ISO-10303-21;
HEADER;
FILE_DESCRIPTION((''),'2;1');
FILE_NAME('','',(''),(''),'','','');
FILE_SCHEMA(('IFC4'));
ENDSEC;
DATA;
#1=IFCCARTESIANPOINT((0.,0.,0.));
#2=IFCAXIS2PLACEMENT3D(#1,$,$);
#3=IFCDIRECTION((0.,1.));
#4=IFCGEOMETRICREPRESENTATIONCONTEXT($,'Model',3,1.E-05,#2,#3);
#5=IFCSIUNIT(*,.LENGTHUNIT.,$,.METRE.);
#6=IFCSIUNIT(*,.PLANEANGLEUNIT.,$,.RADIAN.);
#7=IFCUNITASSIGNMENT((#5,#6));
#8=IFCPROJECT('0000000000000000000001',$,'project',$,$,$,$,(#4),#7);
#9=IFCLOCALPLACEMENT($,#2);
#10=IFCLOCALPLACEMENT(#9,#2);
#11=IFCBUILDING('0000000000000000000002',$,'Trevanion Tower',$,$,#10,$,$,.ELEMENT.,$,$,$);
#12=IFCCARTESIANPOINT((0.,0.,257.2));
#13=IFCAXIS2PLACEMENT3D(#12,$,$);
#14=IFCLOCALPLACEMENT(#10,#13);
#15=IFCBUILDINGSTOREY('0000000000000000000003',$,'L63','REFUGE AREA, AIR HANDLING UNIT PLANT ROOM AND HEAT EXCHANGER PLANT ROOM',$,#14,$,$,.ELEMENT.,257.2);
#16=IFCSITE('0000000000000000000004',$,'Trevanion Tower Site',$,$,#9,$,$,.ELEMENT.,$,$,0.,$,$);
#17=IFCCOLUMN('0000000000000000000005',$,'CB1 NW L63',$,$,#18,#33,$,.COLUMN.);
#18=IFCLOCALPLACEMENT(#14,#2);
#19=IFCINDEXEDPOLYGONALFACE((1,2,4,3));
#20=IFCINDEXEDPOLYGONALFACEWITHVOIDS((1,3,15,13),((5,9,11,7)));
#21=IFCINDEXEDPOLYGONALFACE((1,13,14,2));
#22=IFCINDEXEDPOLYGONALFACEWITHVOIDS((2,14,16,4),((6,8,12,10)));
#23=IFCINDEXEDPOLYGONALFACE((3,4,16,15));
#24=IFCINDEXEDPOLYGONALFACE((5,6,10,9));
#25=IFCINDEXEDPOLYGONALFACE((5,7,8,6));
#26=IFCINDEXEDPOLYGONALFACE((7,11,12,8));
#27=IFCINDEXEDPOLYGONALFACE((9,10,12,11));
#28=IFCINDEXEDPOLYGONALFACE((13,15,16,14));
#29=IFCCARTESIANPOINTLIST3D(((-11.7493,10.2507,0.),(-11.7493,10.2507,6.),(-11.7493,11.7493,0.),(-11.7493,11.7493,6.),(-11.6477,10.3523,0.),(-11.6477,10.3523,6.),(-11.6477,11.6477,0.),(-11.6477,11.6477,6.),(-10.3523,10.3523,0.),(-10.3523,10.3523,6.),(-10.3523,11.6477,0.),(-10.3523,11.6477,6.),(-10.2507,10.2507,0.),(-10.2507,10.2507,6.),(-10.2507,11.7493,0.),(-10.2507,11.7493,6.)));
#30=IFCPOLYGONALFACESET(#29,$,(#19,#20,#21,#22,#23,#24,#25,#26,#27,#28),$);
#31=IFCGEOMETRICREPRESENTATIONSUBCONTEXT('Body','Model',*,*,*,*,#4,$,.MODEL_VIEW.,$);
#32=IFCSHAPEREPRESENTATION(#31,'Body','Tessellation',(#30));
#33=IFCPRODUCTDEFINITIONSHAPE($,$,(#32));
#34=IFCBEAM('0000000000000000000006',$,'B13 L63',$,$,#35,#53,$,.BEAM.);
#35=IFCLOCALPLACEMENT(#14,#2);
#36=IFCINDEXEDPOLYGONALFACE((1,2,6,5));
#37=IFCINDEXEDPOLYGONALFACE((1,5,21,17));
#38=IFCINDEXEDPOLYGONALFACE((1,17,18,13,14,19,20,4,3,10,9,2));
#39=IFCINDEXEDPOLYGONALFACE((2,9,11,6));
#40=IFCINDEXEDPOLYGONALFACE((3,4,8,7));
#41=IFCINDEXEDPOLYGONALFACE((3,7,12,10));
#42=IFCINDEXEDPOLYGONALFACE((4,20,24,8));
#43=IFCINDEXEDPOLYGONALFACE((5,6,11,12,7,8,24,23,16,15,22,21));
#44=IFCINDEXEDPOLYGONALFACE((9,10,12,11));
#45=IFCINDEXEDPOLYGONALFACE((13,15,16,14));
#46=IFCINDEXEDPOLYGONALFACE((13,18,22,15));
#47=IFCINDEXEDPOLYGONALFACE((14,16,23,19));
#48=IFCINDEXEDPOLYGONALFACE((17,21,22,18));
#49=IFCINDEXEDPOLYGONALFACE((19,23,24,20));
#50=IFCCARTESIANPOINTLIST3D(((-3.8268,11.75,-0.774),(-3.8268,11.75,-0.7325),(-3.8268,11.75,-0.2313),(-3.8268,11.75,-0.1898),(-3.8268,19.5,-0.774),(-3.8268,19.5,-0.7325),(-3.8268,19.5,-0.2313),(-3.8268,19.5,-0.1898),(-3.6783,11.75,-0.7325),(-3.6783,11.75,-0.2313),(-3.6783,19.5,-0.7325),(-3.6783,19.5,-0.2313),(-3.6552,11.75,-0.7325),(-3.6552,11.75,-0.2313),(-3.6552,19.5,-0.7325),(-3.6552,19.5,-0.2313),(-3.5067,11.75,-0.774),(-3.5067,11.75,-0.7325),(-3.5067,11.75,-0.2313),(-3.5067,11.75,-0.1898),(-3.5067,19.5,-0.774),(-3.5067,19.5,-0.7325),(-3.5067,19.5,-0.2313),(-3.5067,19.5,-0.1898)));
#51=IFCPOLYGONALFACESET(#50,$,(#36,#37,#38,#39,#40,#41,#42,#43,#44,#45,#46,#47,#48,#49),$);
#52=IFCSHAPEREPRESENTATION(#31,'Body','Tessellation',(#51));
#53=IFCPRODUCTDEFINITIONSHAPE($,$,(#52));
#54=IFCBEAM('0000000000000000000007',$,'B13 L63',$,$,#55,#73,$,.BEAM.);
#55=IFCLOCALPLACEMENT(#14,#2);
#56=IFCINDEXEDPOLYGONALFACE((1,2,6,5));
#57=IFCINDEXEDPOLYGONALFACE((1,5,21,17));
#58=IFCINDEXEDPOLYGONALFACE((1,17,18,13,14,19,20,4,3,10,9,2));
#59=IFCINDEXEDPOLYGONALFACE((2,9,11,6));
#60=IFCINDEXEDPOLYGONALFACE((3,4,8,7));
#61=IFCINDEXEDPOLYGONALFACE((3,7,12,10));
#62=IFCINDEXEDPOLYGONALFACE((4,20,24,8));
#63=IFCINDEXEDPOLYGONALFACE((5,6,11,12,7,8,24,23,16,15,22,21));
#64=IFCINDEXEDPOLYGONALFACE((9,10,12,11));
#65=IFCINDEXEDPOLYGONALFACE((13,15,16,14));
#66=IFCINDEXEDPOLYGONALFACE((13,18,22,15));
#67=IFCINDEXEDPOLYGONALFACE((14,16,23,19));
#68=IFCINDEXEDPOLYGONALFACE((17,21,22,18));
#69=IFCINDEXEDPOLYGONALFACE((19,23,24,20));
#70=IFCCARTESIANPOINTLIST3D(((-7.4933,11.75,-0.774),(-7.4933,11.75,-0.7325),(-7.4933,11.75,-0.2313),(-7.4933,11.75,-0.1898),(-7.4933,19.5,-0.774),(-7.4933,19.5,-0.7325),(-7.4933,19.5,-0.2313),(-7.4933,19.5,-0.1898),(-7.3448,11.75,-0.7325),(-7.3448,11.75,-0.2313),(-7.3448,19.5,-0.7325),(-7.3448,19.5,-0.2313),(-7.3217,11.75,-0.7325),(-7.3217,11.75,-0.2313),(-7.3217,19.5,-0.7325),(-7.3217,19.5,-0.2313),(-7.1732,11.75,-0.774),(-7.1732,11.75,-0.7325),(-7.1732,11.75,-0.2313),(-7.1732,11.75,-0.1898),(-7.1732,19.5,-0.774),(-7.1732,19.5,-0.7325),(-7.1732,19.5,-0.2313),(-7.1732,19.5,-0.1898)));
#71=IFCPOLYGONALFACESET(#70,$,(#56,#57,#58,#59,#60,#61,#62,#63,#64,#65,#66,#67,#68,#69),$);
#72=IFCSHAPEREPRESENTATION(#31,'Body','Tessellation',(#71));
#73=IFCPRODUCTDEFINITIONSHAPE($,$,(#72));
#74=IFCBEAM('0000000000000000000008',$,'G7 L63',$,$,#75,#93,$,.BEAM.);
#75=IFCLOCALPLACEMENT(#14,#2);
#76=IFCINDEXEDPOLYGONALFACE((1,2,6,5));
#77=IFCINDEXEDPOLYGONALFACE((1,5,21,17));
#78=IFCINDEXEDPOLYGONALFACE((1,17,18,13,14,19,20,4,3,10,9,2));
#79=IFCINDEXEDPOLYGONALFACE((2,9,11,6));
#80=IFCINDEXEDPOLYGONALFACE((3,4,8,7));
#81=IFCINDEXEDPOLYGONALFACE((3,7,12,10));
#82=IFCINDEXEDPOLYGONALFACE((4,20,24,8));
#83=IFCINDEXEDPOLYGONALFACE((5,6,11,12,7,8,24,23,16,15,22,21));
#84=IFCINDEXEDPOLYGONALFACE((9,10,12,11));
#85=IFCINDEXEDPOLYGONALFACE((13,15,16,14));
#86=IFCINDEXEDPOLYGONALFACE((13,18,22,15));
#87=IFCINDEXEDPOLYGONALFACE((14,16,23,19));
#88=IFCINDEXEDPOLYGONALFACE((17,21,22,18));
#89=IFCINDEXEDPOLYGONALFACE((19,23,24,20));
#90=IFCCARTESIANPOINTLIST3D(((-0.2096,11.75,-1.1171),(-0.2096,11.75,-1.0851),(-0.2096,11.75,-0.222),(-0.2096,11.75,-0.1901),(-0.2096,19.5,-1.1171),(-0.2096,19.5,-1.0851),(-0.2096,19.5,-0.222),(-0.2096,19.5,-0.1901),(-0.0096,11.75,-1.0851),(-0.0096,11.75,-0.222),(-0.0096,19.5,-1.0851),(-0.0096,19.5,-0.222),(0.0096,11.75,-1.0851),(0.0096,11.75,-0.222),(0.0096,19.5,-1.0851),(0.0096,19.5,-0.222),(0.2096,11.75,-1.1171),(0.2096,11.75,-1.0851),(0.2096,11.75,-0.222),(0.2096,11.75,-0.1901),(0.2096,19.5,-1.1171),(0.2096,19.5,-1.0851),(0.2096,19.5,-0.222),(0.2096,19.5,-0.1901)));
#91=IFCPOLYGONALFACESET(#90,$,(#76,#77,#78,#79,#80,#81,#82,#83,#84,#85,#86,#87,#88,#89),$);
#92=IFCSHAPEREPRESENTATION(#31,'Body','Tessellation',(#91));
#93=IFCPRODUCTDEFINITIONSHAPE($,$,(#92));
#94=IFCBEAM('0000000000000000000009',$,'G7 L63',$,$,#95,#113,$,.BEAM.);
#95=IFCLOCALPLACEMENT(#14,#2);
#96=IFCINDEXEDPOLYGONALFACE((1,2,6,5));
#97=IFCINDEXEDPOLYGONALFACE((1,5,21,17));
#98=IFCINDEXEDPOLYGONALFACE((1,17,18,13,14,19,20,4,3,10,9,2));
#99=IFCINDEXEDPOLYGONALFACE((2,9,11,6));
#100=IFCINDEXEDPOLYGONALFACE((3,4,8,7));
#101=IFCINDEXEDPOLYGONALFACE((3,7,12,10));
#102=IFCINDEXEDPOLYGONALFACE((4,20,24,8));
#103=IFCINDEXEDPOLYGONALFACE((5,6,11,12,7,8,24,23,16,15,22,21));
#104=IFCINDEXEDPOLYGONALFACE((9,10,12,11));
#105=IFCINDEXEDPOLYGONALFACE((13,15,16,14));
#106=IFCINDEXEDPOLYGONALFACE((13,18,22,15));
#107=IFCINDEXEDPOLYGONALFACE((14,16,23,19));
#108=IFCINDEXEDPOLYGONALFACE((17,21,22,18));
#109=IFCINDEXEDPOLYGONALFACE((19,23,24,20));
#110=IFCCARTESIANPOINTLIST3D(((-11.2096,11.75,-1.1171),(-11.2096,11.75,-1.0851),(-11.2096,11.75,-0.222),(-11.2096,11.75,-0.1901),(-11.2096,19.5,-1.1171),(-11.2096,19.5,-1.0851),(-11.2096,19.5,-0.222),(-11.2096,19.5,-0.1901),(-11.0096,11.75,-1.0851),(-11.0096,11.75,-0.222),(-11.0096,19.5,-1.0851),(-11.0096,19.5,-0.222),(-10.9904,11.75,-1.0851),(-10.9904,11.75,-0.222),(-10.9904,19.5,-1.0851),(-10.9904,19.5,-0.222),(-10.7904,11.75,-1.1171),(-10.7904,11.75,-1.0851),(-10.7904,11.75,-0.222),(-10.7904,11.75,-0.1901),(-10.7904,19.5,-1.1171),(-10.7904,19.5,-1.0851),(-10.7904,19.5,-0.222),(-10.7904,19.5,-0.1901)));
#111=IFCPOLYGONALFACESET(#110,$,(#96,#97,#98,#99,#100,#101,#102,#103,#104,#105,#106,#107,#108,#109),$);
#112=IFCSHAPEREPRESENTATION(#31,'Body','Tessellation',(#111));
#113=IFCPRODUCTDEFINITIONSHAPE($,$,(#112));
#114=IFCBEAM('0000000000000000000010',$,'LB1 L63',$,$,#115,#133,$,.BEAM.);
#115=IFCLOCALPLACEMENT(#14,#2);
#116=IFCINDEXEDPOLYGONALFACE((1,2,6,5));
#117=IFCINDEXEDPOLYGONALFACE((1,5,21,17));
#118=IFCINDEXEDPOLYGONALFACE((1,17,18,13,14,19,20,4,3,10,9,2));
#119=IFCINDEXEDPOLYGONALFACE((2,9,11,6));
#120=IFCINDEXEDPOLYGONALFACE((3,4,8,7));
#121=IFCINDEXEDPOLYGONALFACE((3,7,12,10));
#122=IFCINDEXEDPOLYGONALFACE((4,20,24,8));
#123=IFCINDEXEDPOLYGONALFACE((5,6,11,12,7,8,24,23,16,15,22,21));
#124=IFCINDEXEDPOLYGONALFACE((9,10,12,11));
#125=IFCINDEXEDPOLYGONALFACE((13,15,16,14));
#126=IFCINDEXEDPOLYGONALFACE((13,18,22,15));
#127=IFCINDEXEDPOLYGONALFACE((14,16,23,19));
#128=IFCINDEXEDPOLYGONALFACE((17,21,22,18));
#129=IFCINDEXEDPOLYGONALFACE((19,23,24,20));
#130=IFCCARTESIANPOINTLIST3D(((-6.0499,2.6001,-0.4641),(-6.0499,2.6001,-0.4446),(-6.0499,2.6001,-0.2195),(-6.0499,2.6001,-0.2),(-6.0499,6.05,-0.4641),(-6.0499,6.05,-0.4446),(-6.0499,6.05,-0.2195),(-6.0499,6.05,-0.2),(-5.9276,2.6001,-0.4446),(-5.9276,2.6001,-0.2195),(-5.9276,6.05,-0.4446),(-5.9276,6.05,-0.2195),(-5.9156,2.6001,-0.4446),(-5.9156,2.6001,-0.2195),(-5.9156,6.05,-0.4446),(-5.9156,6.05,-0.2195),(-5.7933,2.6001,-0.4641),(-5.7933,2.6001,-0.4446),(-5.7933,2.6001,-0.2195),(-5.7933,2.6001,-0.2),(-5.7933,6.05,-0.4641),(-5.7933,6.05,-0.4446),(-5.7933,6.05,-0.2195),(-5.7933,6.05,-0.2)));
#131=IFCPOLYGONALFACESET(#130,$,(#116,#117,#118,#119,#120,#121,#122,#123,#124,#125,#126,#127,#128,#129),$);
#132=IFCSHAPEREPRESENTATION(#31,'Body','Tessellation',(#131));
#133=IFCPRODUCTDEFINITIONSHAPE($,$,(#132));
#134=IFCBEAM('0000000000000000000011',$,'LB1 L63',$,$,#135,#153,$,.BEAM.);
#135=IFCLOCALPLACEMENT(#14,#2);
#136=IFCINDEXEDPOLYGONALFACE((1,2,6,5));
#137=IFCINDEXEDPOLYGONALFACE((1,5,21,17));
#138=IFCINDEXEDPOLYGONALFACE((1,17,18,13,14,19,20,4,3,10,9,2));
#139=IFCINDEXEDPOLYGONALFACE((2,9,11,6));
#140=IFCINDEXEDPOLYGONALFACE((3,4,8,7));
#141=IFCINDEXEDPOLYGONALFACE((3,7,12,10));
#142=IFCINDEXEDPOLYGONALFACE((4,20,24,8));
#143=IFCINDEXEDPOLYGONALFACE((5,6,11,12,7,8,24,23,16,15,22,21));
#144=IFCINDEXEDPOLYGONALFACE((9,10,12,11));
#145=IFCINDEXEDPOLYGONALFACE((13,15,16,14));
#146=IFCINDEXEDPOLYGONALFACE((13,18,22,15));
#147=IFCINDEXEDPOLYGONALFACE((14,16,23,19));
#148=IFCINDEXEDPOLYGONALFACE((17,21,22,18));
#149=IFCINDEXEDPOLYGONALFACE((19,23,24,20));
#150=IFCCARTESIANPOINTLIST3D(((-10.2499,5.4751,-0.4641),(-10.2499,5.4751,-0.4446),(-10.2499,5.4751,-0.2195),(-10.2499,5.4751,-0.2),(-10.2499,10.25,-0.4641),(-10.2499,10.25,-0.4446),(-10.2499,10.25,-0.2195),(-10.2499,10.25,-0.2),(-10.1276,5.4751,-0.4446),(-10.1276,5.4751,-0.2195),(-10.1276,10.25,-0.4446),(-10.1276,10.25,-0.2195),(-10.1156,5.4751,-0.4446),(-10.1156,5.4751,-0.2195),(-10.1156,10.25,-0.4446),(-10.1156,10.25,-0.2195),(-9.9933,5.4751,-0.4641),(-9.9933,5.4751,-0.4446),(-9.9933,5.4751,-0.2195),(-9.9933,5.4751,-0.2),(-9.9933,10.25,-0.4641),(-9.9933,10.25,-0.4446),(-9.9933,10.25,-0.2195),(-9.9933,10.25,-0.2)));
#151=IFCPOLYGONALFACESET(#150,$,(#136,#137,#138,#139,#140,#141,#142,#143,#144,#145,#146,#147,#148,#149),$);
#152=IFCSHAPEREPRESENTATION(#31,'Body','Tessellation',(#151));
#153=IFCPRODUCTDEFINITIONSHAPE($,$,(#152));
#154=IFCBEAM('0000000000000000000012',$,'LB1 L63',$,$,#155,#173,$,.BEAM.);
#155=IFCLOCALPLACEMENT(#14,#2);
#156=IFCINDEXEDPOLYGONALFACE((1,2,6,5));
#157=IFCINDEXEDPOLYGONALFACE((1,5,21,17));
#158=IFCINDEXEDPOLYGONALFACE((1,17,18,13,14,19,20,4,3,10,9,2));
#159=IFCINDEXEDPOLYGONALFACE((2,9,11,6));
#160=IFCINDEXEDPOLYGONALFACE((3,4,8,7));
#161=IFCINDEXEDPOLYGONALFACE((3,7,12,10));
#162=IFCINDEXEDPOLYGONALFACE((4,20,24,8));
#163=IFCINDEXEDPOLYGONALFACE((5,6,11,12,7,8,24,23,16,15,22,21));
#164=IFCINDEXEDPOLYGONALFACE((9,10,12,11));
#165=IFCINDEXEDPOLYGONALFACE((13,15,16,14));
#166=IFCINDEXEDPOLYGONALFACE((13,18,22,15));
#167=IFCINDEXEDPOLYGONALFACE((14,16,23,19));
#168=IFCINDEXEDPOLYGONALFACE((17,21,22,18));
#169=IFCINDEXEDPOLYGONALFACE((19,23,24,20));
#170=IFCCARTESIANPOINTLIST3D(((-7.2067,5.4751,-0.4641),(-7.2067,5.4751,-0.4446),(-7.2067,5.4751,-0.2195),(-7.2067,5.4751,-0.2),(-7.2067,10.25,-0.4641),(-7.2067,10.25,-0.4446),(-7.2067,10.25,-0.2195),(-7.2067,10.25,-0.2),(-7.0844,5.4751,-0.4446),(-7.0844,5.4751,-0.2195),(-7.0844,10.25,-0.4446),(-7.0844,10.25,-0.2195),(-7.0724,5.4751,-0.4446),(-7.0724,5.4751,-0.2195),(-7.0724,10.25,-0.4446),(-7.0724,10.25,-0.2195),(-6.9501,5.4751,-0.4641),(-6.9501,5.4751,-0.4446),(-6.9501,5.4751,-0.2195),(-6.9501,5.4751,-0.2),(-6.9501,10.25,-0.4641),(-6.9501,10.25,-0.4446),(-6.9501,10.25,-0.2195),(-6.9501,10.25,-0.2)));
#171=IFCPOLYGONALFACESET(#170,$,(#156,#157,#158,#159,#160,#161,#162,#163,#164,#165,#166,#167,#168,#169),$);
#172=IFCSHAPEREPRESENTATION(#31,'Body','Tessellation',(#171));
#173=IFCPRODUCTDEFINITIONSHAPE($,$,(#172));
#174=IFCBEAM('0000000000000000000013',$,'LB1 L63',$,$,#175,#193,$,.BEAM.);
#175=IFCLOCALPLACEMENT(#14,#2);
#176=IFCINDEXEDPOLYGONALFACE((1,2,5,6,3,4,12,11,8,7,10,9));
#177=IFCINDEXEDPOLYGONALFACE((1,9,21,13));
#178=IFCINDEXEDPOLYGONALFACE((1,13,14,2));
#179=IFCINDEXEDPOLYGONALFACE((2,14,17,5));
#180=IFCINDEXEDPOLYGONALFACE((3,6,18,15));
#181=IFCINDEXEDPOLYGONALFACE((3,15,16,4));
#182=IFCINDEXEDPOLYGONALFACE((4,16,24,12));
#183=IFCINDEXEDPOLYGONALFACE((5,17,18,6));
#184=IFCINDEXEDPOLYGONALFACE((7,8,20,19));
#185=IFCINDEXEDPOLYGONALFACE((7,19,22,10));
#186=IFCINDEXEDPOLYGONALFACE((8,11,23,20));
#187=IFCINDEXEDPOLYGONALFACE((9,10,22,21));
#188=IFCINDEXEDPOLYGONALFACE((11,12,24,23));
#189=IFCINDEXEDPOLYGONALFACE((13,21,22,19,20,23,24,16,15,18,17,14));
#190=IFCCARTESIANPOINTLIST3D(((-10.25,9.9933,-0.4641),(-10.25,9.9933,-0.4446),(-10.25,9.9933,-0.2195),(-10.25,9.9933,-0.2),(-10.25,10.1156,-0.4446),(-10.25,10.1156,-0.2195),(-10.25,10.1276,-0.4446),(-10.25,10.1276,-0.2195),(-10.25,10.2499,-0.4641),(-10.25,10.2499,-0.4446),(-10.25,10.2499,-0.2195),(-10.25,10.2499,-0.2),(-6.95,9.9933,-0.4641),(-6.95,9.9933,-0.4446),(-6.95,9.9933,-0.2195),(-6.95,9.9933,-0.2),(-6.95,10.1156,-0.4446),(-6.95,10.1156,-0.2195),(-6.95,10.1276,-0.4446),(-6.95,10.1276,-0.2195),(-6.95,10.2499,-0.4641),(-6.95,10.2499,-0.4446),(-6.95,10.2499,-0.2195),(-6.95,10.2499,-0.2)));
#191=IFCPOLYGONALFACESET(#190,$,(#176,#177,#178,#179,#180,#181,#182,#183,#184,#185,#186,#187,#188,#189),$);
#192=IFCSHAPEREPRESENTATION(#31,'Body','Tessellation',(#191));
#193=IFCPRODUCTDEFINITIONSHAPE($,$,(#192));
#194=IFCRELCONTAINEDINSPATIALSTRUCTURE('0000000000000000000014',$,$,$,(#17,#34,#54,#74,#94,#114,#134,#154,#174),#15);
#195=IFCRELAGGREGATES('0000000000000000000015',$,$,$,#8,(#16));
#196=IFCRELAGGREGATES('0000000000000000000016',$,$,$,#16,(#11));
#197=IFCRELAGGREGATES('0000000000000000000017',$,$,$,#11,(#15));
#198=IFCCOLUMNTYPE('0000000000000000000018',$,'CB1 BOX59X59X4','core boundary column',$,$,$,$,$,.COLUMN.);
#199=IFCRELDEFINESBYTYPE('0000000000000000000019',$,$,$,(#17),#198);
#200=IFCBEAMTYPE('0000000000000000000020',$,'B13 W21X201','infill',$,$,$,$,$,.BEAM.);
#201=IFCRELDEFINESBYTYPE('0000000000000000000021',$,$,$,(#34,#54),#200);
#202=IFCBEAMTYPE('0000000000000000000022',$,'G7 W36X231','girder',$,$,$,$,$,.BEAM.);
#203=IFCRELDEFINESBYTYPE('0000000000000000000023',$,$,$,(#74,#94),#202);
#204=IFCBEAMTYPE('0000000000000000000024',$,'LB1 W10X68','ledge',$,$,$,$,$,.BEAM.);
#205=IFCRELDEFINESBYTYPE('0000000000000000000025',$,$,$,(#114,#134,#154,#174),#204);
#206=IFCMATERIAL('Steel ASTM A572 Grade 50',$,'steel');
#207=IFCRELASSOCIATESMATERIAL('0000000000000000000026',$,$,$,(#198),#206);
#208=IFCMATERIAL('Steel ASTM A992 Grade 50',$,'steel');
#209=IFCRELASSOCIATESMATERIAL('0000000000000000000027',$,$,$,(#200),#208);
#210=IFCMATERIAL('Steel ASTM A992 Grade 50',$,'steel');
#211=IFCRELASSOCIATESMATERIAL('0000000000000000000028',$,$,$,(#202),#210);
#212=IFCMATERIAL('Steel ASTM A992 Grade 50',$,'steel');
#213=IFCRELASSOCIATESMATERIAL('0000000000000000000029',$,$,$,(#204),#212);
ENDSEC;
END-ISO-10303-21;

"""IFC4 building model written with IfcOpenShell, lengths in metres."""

from ifc_helpers import new_model, si_unit, direction, frame, origin, origin_2d, place, context, subcontext, project, spatial, hollow_rectangle, i_section, extrude, material, material_profile, profile_set, type_object, element, save


model = new_model("IFC4")

# Units and contexts
model_context = context("Model", 3, precision=1e-05, world=origin(), true_north=direction((0.0, 1.0)))
body_context = subcontext(model_context, "Body", "Model", "MODEL_VIEW")
ifc_project = project(units=[si_unit("LENGTHUNIT", "METRE"), si_unit("PLANEANGLEUNIT", "RADIAN")], contexts=[model_context])

# Site, building, storey
site_placement = place(None, origin())
site = spatial("IfcSite", under=ifc_project, at=site_placement, Name="Trevanion Tower Site", CompositionType="ELEMENT", RefElevation=0.0)
building_placement = place(site_placement, origin())
building = spatial("IfcBuilding", under=site, at=building_placement, Name="Trevanion Tower", CompositionType="ELEMENT")
storey_placement = place(building_placement, frame((0.0, 0.0, 257.2)))
storey = spatial("IfcBuildingStorey", under=building, at=storey_placement, Name="L63", Description="REFUGE AREA, AIR HANDLING UNIT PLANT ROOM AND HEAT EXCHANGER PLANT ROOM", CompositionType="ELEMENT", Elevation=257.2)

# Column
ifc_material_1 = material(Name="Steel ASTM A572 Grade 50", Category="steel")
ifc_material_profile_1 = material_profile(ifc_material_1, hollow_rectangle(XDim=1.4985, YDim=1.4985, WallThickness=0.1016, at=origin_2d()), Name="BOX59X59X4")
ifc_profile_set_1 = profile_set([ifc_material_profile_1], Name="Steel ASTM A572 Grade 50")
column_type = type_object("IfcColumnType", Name="CB1 BOX59X59X4", Description="core boundary column", PredefinedType="COLUMN", material=ifc_profile_set_1)
column_placement = place(storey_placement, frame((-11.0, 11.0, 0.0), z_axis=(0.0, 0.0, 1.0), x_axis=(1.0, 0.0, 0.0)))
element("IfcColumn", 1, at=column_placement, inside=storey, type_object=column_type, Name="CB1 NW L63", PredefinedType="COLUMN", context=body_context, shape_type="SweptSolid", body=[
    extrude(hollow_rectangle(XDim=1.4985, YDim=1.4985, WallThickness=0.1016, at=origin_2d()), origin(), (0.0, 0.0, 1.0), 6.0),
])

# Beams
ifc_material_2 = material(Name="Steel ASTM A992 Grade 50", Category="steel")
ifc_material_profile_2 = material_profile(ifc_material_2, i_section(OverallWidth=0.3201, OverallDepth=0.5842, WebThickness=0.0232, FlangeThickness=0.0415, at=origin_2d()), Name="W21X201")
ifc_profile_set_2 = profile_set([ifc_material_profile_2], Name="Steel ASTM A992 Grade 50")
beam_type_1 = type_object("IfcBeamType", Name="B13 W21X201", Description="infill", PredefinedType="BEAM", material=ifc_profile_set_2)
for number, where, z_axis, x_axis, name in (
    (2, (-3.6667, 11.75, -0.4819), (0.0, 1.0, 0.0), (-1.0, 0.0, 0.0), "B13 L63"),
    (3, (-7.3333, 11.75, -0.4819), (0.0, 1.0, 0.0), (-1.0, 0.0, 0.0), "B13 L63"),
):
    element("IfcBeam", number, at=place(storey_placement, frame(where, z_axis=z_axis, x_axis=x_axis)), inside=storey, type_object=beam_type_1, Name=name, PredefinedType="BEAM", context=body_context, shape_type="SweptSolid", body=[
        extrude(i_section(OverallWidth=0.3201, OverallDepth=0.5842, WebThickness=0.0232, FlangeThickness=0.0415, at=origin_2d()), origin(), (0.0, 0.0, 1.0), 7.75),
    ])
ifc_material_3 = material(Name="Steel ASTM A992 Grade 50", Category="steel")
ifc_material_profile_3 = material_profile(ifc_material_3, i_section(OverallWidth=0.4192, OverallDepth=0.927, WebThickness=0.0193, FlangeThickness=0.032, at=origin_2d()), Name="W36X231")
ifc_profile_set_3 = profile_set([ifc_material_profile_3], Name="Steel ASTM A992 Grade 50")
beam_type_2 = type_object("IfcBeamType", Name="G7 W36X231", Description="girder", PredefinedType="BEAM", material=ifc_profile_set_3)
for number, where, z_axis, x_axis, name in (
    (4, (0.0, 11.75, -0.6536), (0.0, 1.0, 0.0), (-1.0, 0.0, 0.0), "G7 L63"),
    (5, (-11.0, 11.75, -0.6536), (0.0, 1.0, 0.0), (-1.0, 0.0, 0.0), "G7 L63"),
):
    element("IfcBeam", number, at=place(storey_placement, frame(where, z_axis=z_axis, x_axis=x_axis)), inside=storey, type_object=beam_type_2, Name=name, PredefinedType="BEAM", context=body_context, shape_type="SweptSolid", body=[
        extrude(i_section(OverallWidth=0.4192, OverallDepth=0.927, WebThickness=0.0193, FlangeThickness=0.032, at=origin_2d()), origin(), (0.0, 0.0, 1.0), 7.75),
    ])
ifc_material_4 = material(Name="Steel ASTM A992 Grade 50", Category="steel")
ifc_material_profile_4 = material_profile(ifc_material_4, i_section(OverallWidth=0.2566, OverallDepth=0.2642, WebThickness=0.012, FlangeThickness=0.0195, at=origin_2d()), Name="W10X68")
ifc_profile_set_4 = profile_set([ifc_material_profile_4], Name="Steel ASTM A992 Grade 50")
beam_type_3 = type_object("IfcBeamType", Name="LB1 W10X68", Description="ledge", PredefinedType="BEAM", material=ifc_profile_set_4)
beam_1_placement = place(storey_placement, frame((-5.9216, 2.6001, -0.332), z_axis=(0.0, 1.0, 0.0), x_axis=(-1.0, 0.0, 0.0)))
element("IfcBeam", 6, at=beam_1_placement, inside=storey, type_object=beam_type_3, Name="LB1 L63", PredefinedType="BEAM", context=body_context, shape_type="SweptSolid", body=[
    extrude(i_section(OverallWidth=0.2566, OverallDepth=0.2642, WebThickness=0.012, FlangeThickness=0.0195, at=origin_2d()), origin(), (0.0, 0.0, 1.0), 3.45),
])
for number, where, z_axis, x_axis, name in (
    (7, (-10.1216, 5.4751, -0.332), (0.0, 1.0, 0.0), (-1.0, 0.0, 0.0), "LB1 L63"),
    (8, (-7.0784, 5.4751, -0.332), (0.0, 1.0, 0.0), (-1.0, 0.0, 0.0), "LB1 L63"),
):
    element("IfcBeam", number, at=place(storey_placement, frame(where, z_axis=z_axis, x_axis=x_axis)), inside=storey, type_object=beam_type_3, Name=name, PredefinedType="BEAM", context=body_context, shape_type="SweptSolid", body=[
        extrude(i_section(OverallWidth=0.2566, OverallDepth=0.2642, WebThickness=0.012, FlangeThickness=0.0195, at=origin_2d()), origin(), (0.0, 0.0, 1.0), 4.7749),
    ])
for number, where, z_axis, x_axis, name in (
    (9, (-10.25, 10.1216, -0.332), (1.0, 0.0, 0.0), (0.0, 1.0, 0.0), "LB1 L63"),
):
    element("IfcBeam", number, at=place(storey_placement, frame(where, z_axis=z_axis, x_axis=x_axis)), inside=storey, type_object=beam_type_3, Name=name, PredefinedType="BEAM", context=body_context, shape_type="SweptSolid", body=[
        extrude(i_section(OverallWidth=0.2566, OverallDepth=0.2642, WebThickness=0.012, FlangeThickness=0.0195, at=origin_2d()), origin(), (0.0, 0.0, 1.0), 3.3),
    ])

save(model, "model.ifc")
